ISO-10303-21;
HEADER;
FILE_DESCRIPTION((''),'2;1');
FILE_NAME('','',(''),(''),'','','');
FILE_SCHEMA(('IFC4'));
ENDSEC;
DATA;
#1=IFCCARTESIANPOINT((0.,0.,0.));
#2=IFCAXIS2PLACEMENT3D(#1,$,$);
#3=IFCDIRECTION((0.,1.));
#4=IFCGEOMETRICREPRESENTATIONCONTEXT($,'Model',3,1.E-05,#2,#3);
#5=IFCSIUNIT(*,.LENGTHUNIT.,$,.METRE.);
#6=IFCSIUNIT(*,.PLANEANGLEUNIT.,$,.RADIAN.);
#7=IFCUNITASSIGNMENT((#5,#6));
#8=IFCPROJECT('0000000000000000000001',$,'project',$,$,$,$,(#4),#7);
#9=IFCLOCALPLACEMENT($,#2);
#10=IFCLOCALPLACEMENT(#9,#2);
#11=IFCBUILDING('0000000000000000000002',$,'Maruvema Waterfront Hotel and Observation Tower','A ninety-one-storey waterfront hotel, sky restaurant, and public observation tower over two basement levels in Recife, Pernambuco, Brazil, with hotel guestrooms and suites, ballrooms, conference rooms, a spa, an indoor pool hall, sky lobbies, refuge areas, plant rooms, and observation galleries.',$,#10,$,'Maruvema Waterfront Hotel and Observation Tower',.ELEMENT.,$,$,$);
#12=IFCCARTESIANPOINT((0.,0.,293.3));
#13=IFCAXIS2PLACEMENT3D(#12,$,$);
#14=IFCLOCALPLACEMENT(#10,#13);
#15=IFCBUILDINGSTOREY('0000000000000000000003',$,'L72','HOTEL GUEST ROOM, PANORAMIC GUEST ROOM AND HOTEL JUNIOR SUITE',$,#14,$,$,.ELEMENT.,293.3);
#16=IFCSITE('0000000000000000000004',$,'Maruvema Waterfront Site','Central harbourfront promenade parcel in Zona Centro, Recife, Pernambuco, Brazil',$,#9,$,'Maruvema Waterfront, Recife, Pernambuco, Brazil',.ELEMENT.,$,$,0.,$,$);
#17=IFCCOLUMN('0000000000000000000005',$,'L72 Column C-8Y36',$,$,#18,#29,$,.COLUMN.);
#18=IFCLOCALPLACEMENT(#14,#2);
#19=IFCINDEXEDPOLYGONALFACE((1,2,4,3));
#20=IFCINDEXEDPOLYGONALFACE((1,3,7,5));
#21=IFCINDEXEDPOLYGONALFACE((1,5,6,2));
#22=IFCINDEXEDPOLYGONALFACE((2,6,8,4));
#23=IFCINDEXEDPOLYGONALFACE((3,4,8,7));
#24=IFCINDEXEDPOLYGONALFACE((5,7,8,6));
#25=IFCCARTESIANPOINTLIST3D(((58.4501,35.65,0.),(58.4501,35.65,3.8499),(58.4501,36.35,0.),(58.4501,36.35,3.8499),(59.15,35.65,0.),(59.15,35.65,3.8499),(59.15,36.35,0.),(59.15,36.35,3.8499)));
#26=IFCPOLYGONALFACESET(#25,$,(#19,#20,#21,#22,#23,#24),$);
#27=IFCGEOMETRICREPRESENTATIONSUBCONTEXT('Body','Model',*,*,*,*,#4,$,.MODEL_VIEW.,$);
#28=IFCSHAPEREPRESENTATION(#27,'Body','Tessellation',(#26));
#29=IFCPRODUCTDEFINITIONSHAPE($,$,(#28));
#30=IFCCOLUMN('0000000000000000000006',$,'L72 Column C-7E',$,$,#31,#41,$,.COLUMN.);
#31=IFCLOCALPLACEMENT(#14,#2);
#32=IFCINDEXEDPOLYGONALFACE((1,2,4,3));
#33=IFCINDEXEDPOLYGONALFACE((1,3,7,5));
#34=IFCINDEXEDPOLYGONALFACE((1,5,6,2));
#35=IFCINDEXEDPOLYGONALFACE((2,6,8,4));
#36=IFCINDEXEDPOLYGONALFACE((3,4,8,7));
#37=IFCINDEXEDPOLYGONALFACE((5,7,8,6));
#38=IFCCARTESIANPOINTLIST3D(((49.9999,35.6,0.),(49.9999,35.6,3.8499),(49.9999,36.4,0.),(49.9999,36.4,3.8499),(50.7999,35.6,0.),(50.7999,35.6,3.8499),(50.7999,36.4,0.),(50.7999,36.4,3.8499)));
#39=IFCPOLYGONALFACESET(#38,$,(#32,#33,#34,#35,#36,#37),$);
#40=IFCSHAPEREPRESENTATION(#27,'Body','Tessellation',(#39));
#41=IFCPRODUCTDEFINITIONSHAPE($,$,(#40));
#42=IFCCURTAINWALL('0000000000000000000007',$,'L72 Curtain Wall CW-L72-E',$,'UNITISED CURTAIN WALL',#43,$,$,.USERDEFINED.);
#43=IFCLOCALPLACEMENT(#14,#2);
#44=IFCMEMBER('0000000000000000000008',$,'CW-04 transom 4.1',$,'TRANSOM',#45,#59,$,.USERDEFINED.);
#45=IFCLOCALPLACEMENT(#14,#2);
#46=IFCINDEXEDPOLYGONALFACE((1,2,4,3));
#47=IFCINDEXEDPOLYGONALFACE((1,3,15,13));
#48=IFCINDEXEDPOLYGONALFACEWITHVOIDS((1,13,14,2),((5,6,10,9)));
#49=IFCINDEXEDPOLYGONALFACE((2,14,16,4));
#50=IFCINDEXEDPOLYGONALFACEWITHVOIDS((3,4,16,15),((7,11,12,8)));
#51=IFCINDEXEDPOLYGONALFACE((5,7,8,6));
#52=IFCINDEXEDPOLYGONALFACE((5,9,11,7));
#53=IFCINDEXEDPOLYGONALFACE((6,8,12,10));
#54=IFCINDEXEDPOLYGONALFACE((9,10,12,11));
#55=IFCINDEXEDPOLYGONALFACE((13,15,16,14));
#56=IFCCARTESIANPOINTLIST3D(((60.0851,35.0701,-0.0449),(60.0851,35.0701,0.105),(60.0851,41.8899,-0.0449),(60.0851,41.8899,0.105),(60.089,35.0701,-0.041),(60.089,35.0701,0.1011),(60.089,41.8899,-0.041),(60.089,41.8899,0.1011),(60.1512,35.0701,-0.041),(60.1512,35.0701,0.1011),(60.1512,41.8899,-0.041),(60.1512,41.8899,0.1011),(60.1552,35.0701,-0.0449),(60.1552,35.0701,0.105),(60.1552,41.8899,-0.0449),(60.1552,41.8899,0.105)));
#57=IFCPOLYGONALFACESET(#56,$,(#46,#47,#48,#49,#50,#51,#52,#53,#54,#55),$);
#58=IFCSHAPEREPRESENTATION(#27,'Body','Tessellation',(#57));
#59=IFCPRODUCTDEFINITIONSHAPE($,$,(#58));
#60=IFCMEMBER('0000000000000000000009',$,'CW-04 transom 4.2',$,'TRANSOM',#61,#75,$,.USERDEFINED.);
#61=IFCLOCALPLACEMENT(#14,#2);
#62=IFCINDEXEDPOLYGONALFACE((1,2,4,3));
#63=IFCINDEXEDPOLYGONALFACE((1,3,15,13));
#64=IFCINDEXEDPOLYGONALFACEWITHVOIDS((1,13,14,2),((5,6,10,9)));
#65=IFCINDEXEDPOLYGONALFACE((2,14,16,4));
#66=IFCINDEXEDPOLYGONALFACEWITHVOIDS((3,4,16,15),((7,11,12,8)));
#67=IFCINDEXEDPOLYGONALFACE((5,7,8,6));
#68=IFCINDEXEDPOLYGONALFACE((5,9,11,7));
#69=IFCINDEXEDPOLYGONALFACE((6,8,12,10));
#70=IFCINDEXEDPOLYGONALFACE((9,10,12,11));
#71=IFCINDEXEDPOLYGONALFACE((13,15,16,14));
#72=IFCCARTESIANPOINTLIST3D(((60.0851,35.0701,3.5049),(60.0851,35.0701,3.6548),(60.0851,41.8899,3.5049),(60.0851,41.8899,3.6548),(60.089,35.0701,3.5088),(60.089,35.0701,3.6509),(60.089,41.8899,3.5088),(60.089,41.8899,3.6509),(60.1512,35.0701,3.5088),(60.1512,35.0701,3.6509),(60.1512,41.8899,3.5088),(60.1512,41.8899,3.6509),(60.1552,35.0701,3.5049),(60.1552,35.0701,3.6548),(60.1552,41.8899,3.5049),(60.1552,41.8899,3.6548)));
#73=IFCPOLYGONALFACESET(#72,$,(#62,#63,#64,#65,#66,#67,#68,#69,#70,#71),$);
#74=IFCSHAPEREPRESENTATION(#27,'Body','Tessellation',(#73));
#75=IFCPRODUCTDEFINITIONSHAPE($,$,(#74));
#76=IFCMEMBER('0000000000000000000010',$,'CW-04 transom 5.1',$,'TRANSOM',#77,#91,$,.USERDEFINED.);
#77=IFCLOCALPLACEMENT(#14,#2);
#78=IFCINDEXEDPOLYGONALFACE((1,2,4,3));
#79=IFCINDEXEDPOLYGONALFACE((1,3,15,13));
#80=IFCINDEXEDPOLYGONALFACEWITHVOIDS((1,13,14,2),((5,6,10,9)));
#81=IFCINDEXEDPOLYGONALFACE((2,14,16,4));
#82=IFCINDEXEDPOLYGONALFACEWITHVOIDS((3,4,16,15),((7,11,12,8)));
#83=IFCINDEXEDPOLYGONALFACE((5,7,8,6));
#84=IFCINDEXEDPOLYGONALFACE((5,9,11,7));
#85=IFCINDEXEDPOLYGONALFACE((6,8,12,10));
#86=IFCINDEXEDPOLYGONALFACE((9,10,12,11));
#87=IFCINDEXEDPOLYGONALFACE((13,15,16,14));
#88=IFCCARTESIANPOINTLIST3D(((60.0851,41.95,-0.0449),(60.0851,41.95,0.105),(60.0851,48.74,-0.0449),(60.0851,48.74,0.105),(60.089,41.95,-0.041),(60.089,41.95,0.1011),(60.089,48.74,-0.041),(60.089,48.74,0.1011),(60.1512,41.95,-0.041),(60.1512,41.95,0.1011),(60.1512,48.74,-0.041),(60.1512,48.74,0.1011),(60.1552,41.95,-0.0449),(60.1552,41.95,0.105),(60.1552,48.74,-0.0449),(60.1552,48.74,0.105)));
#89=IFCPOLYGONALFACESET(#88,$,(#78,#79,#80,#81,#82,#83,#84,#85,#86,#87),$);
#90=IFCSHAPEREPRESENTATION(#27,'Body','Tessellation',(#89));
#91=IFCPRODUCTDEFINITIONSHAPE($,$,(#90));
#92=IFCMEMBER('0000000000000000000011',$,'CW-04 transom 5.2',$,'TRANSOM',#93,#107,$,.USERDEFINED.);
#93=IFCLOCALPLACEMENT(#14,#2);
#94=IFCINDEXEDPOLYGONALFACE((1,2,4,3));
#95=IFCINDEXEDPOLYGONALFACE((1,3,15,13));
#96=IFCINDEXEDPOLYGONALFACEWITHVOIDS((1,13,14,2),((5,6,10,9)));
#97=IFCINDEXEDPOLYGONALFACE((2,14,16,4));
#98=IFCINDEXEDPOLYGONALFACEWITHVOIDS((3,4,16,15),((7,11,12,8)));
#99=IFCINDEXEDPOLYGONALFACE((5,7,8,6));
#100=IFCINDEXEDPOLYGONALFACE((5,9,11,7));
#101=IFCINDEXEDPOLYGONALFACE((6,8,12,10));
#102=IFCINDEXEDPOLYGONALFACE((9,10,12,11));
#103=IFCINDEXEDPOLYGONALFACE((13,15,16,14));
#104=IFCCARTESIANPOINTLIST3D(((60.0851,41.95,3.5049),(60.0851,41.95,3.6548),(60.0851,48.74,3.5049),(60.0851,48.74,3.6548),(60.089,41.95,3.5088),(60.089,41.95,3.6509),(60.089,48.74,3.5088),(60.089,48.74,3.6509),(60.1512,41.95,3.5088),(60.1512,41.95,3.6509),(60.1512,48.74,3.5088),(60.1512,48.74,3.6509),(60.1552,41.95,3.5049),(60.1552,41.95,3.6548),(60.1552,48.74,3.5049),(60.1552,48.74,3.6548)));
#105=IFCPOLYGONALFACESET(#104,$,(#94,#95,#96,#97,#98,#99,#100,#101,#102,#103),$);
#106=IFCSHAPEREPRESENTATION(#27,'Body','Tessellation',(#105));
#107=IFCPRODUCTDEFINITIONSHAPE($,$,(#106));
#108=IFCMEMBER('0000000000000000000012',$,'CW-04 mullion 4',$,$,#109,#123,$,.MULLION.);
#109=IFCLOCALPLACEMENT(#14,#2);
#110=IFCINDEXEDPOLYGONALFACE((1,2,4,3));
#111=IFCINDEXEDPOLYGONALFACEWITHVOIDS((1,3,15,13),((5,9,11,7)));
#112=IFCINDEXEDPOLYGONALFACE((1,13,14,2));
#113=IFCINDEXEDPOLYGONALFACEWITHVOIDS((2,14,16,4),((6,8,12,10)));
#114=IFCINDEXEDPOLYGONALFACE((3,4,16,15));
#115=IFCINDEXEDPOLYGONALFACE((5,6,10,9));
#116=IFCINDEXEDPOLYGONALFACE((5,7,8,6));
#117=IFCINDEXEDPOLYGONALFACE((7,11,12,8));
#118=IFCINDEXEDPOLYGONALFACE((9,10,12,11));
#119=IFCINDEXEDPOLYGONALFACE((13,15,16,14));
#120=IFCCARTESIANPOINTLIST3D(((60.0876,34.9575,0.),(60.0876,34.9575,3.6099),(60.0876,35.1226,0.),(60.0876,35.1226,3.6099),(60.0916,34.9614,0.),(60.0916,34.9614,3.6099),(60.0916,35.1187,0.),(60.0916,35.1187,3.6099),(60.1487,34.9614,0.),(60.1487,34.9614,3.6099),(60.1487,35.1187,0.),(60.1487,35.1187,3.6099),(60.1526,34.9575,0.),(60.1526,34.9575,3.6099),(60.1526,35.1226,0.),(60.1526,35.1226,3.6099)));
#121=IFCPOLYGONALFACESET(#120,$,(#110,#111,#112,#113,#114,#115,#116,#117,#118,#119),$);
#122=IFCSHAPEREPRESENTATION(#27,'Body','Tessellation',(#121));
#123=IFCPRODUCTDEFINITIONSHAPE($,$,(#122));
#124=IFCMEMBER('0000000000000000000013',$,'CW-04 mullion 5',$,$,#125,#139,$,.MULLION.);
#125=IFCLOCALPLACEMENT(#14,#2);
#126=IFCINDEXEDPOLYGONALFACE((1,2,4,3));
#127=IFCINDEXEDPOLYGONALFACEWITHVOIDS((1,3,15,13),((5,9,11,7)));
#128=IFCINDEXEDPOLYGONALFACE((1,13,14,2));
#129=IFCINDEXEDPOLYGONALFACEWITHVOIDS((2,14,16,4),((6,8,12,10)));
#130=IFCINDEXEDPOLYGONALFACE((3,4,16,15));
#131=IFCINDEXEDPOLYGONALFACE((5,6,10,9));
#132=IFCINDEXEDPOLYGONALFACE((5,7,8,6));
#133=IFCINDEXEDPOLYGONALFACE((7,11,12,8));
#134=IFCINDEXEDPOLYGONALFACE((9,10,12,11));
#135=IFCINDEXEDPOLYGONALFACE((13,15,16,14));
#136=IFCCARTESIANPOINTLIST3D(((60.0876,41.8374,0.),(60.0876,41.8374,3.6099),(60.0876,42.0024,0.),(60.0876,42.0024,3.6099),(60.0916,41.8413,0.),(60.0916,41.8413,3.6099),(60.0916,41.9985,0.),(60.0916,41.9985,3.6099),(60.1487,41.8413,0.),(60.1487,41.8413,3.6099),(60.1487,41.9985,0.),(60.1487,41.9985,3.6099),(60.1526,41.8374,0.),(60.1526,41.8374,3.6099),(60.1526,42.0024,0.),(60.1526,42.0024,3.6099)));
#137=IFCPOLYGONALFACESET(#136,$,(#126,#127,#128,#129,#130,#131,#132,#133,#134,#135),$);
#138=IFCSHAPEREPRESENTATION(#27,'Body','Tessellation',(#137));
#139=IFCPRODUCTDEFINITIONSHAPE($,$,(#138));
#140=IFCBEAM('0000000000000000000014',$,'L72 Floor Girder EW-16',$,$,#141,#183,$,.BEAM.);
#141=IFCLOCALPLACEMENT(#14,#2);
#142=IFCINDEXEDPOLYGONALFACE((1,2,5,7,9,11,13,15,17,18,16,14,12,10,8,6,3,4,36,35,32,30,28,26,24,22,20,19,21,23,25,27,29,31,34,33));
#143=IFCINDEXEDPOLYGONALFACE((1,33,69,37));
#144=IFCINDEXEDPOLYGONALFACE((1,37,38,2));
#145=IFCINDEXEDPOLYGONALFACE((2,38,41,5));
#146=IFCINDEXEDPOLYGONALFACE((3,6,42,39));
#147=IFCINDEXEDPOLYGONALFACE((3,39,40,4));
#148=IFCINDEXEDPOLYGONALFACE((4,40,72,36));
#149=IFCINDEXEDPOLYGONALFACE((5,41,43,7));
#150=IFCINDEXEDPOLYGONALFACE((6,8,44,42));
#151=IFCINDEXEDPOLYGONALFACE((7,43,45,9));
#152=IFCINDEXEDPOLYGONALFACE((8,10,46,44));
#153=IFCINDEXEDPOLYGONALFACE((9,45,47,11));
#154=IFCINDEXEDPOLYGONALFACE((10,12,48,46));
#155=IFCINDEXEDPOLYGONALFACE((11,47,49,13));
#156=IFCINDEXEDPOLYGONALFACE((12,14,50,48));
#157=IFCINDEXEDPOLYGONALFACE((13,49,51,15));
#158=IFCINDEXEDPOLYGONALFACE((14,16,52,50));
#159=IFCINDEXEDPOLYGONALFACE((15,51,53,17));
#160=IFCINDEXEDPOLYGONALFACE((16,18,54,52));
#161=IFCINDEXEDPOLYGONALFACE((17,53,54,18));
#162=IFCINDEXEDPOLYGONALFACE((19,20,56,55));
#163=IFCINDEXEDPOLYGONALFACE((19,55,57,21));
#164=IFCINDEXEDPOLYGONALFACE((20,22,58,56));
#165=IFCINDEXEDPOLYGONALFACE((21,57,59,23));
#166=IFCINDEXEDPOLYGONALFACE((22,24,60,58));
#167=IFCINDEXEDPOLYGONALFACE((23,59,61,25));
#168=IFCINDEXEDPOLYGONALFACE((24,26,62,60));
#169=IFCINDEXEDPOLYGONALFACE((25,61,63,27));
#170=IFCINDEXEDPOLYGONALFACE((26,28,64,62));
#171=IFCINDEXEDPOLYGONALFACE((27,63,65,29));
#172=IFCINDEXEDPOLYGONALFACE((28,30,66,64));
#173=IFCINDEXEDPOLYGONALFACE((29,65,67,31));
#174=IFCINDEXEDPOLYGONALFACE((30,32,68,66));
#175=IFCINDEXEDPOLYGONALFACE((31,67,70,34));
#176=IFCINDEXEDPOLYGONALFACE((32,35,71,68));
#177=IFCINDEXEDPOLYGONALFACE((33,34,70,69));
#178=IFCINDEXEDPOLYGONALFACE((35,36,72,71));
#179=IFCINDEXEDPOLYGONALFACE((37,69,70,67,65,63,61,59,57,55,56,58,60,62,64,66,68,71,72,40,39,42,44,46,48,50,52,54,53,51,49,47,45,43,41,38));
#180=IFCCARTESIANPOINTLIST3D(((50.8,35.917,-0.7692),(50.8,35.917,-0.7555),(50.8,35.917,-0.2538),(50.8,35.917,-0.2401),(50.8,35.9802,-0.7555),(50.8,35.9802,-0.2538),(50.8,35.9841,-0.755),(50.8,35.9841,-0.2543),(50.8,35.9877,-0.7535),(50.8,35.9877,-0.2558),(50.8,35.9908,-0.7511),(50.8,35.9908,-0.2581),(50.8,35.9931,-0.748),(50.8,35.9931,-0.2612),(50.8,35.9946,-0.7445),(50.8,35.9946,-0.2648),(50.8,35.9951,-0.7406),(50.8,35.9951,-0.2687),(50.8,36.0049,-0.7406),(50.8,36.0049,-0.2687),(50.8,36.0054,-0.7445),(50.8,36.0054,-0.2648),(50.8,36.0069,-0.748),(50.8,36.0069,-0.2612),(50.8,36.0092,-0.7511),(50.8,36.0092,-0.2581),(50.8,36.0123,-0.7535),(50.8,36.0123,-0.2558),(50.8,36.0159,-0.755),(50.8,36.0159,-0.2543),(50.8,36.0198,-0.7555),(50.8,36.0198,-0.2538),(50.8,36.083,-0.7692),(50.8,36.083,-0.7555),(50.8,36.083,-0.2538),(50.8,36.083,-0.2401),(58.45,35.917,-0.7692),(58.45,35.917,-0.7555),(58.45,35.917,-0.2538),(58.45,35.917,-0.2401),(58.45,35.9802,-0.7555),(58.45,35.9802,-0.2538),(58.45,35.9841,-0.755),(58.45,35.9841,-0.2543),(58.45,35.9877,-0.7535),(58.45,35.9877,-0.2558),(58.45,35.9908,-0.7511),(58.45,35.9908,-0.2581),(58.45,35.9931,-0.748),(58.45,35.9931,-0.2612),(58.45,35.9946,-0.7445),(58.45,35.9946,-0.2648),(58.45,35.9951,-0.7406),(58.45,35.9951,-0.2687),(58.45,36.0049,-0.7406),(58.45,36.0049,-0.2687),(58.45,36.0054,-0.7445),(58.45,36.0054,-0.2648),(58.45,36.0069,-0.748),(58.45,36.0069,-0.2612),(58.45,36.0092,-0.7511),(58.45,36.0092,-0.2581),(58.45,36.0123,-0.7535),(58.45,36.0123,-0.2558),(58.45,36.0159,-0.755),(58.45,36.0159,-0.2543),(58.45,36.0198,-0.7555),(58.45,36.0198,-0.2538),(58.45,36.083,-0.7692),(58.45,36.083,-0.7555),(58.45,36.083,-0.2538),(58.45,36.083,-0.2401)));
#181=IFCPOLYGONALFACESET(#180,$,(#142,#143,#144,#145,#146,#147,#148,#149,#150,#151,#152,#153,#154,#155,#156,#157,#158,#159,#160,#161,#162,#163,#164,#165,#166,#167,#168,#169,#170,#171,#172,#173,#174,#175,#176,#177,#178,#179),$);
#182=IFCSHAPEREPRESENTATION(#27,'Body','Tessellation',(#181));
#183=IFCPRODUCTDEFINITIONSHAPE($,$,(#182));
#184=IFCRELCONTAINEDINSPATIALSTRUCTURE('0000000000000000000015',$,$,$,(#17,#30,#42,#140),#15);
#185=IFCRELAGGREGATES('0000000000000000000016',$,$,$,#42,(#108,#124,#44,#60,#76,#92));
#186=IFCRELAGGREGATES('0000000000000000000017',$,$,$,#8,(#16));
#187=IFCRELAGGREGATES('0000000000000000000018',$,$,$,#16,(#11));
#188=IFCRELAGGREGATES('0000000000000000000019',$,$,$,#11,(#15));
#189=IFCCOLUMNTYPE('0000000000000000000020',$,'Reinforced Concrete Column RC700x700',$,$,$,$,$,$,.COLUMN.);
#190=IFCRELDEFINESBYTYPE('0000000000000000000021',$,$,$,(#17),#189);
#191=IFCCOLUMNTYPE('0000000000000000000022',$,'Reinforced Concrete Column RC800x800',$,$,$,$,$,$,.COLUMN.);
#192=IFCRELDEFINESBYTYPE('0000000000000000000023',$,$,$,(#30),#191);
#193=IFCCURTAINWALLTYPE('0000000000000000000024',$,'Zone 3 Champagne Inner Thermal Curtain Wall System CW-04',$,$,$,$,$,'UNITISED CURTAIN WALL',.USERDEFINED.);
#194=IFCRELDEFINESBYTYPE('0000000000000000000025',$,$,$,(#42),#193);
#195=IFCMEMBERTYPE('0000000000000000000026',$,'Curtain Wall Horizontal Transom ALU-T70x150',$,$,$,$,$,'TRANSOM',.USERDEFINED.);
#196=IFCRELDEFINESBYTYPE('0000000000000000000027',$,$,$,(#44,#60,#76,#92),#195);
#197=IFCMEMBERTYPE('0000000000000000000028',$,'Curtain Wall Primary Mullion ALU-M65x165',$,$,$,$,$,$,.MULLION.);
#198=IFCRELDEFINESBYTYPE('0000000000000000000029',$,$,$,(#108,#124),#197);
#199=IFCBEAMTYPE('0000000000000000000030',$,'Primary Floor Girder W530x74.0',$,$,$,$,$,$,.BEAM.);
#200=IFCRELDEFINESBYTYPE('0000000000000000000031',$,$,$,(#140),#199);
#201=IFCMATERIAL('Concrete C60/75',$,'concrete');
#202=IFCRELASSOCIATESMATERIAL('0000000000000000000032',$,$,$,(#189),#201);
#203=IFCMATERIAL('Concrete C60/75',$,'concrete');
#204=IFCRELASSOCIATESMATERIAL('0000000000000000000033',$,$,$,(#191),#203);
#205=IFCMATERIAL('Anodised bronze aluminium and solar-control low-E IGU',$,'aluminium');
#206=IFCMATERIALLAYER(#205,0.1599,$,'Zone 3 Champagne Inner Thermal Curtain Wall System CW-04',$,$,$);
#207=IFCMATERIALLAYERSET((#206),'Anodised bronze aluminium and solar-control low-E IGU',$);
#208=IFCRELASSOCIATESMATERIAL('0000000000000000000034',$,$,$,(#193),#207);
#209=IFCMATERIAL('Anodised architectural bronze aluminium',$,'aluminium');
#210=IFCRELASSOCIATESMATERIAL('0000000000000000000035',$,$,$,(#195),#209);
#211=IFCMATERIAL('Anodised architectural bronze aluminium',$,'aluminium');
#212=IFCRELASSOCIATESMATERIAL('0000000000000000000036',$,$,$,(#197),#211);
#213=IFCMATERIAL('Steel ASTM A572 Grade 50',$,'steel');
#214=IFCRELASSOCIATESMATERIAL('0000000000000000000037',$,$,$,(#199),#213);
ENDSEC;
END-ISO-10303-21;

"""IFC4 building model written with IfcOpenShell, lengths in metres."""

from ifc_helpers import new_model, si_unit, direction, frame, origin, origin_2d, place, context, subcontext, project, spatial, rectangle, hollow_rectangle, i_section, extrude, material, layer, layer_set, material_profile, profile_set, type_object, element, aggregate, save


model = new_model("IFC4")

# Units and contexts
model_context = context("Model", 3, precision=1e-05, world=origin(), true_north=direction((0.0, 1.0)))
body_context = subcontext(model_context, "Body", "Model", "MODEL_VIEW")
ifc_project = project(units=[si_unit("LENGTHUNIT", "METRE"), si_unit("PLANEANGLEUNIT", "RADIAN")], contexts=[model_context])

# Site, building, storey
site_placement = place(None, origin())
site = spatial("IfcSite", under=ifc_project, at=site_placement, Name="Maruvema Waterfront Site", Description="Central harbourfront promenade parcel in Zona Centro, Recife, Pernambuco, Brazil", LongName="Maruvema Waterfront, Recife, Pernambuco, Brazil", CompositionType="ELEMENT", RefElevation=0.0)
building_placement = place(site_placement, origin())
building = spatial("IfcBuilding", under=site, at=building_placement, Name="Maruvema Waterfront Hotel and Observation Tower", Description="A ninety-one-storey waterfront hotel, sky restaurant, and public observation tower over two basement levels in Recife, Pernambuco, Brazil, with hotel guestrooms and suites, ballrooms, conference rooms, a spa, an indoor pool hall, sky lobbies, refuge areas, plant rooms, and observation galleries.", LongName="Maruvema Waterfront Hotel and Observation Tower", CompositionType="ELEMENT")
storey_placement = place(building_placement, frame((0.0, 0.0, 293.3)))
storey = spatial("IfcBuildingStorey", under=building, at=storey_placement, Name="L72", Description="HOTEL GUEST ROOM, PANORAMIC GUEST ROOM AND HOTEL JUNIOR SUITE", CompositionType="ELEMENT", Elevation=293.3)

# Columns
ifc_material_1 = material(Name="Concrete C60/75", Category="concrete")
ifc_material_profile_1 = material_profile(ifc_material_1, rectangle(XDim=0.7, YDim=0.7, at=origin_2d()), Name="RC700x700")
ifc_profile_set_1 = profile_set([ifc_material_profile_1], Name="Concrete C60/75")
column_type_1 = type_object("IfcColumnType", Name="Reinforced Concrete Column RC700x700", PredefinedType="COLUMN", material=ifc_profile_set_1)
column_1_placement = place(storey_placement, frame((58.8, 36.0, 0.0), z_axis=(0.0, 0.0, 1.0), x_axis=(1.0, 0.0, 0.0)))
element("IfcColumn", 1, at=column_1_placement, inside=storey, type_object=column_type_1, Name="L72 Column C-8Y36", PredefinedType="COLUMN", context=body_context, shape_type="SweptSolid", body=[
    extrude(rectangle(XDim=0.7, YDim=0.7, at=origin_2d()), origin(), (0.0, 0.0, 1.0), 3.8499),
])
ifc_material_2 = material(Name="Concrete C60/75", Category="concrete")
ifc_material_profile_2 = material_profile(ifc_material_2, rectangle(XDim=0.8, YDim=0.8, at=origin_2d()), Name="RC800x800")
ifc_profile_set_2 = profile_set([ifc_material_profile_2], Name="Concrete C60/75")
column_type_2 = type_object("IfcColumnType", Name="Reinforced Concrete Column RC800x800", PredefinedType="COLUMN", material=ifc_profile_set_2)
column_2_placement = place(storey_placement, frame((50.3999, 36.0, 0.0), z_axis=(0.0, 0.0, 1.0), x_axis=(1.0, 0.0, 0.0)))
element("IfcColumn", 2, at=column_2_placement, inside=storey, type_object=column_type_2, Name="L72 Column C-7E", PredefinedType="COLUMN", context=body_context, shape_type="SweptSolid", body=[
    extrude(rectangle(XDim=0.8, YDim=0.8, at=origin_2d()), origin(), (0.0, 0.0, 1.0), 3.8499),
])

# Curtain wall, members
ifc_material_3 = material(Name="Anodised bronze aluminium and solar-control low-E IGU", Category="aluminium")
ifc_layer_1 = layer(ifc_material_3, 0.1599, Name="Zone 3 Champagne Inner Thermal Curtain Wall System CW-04")
ifc_layer_set_1 = layer_set([ifc_layer_1], Name="Anodised bronze aluminium and solar-control low-E IGU")
curtain_wall_type = type_object("IfcCurtainWallType", Name="Zone 3 Champagne Inner Thermal Curtain Wall System CW-04", ElementType="UNITISED CURTAIN WALL", PredefinedType="USERDEFINED", material=ifc_layer_set_1)
curtain_wall_placement = place(storey_placement, origin())
curtain_wall = element("IfcCurtainWall", 3, at=curtain_wall_placement, inside=storey, type_object=curtain_wall_type, Name="L72 Curtain Wall CW-L72-E", ObjectType="UNITISED CURTAIN WALL", PredefinedType="USERDEFINED")
ifc_material_4 = material(Name="Anodised architectural bronze aluminium", Category="aluminium")
ifc_material_profile_3 = material_profile(ifc_material_4, hollow_rectangle(XDim=0.0701, YDim=0.1499, WallThickness=0.0039, at=origin_2d()), Name="ALU-T70x150")
ifc_profile_set_3 = profile_set([ifc_material_profile_3], Name="Anodised architectural bronze aluminium")
member_type_1 = type_object("IfcMemberType", Name="Curtain Wall Horizontal Transom ALU-T70x150", ElementType="TRANSOM", PredefinedType="USERDEFINED", material=ifc_profile_set_3)
member_1_placement = place(storey_placement, frame((60.1201, 35.0701, 0.03), z_axis=(0.0, 1.0, 0.0), x_axis=(-1.0, 0.0, 0.0)))
member_1 = element("IfcMember", 4, at=member_1_placement, type_object=member_type_1, Name="CW-04 transom 4.1", ObjectType="TRANSOM", PredefinedType="USERDEFINED", context=body_context, shape_type="SweptSolid", body=[
    extrude(hollow_rectangle(XDim=0.0701, YDim=0.1499, WallThickness=0.0039, at=origin_2d()), origin(), (0.0, 0.0, 1.0), 6.8198),
])
member_2_placement = place(storey_placement, frame((60.1201, 35.0701, 3.5798), z_axis=(0.0, 1.0, 0.0), x_axis=(-1.0, 0.0, 0.0)))
member_2 = element("IfcMember", 5, at=member_2_placement, type_object=member_type_1, Name="CW-04 transom 4.2", ObjectType="TRANSOM", PredefinedType="USERDEFINED", context=body_context, shape_type="SweptSolid", body=[
    extrude(hollow_rectangle(XDim=0.0701, YDim=0.1499, WallThickness=0.0039, at=origin_2d()), origin(), (0.0, 0.0, 1.0), 6.8198),
])
member_3_placement = place(storey_placement, frame((60.1201, 41.95, 0.03), z_axis=(0.0, 1.0, 0.0), x_axis=(-1.0, 0.0, 0.0)))
member_3 = element("IfcMember", 6, at=member_3_placement, type_object=member_type_1, Name="CW-04 transom 5.1", ObjectType="TRANSOM", PredefinedType="USERDEFINED", context=body_context, shape_type="SweptSolid", body=[
    extrude(hollow_rectangle(XDim=0.0701, YDim=0.1499, WallThickness=0.0039, at=origin_2d()), origin(), (0.0, 0.0, 1.0), 6.79),
])
member_4_placement = place(storey_placement, frame((60.1201, 41.95, 3.5798), z_axis=(0.0, 1.0, 0.0), x_axis=(-1.0, 0.0, 0.0)))
member_4 = element("IfcMember", 7, at=member_4_placement, type_object=member_type_1, Name="CW-04 transom 5.2", ObjectType="TRANSOM", PredefinedType="USERDEFINED", context=body_context, shape_type="SweptSolid", body=[
    extrude(hollow_rectangle(XDim=0.0701, YDim=0.1499, WallThickness=0.0039, at=origin_2d()), origin(), (0.0, 0.0, 1.0), 6.79),
])
ifc_material_5 = material(Name="Anodised architectural bronze aluminium", Category="aluminium")
ifc_material_profile_4 = material_profile(ifc_material_5, hollow_rectangle(XDim=0.0649, YDim=0.165, WallThickness=0.0039, at=origin_2d()), Name="ALU-M65x165")
ifc_profile_set_4 = profile_set([ifc_material_profile_4], Name="Anodised architectural bronze aluminium")
member_type_2 = type_object("IfcMemberType", Name="Curtain Wall Primary Mullion ALU-M65x165", PredefinedType="MULLION", material=ifc_profile_set_4)
member_5_placement = place(storey_placement, frame((60.1201, 35.04, 0.0), z_axis=(0.0, 0.0, 1.0), x_axis=(-1.0, 0.0, 0.0)))
member_5 = element("IfcMember", 8, at=member_5_placement, type_object=member_type_2, Name="CW-04 mullion 4", PredefinedType="MULLION", context=body_context, shape_type="SweptSolid", body=[
    extrude(hollow_rectangle(XDim=0.0649, YDim=0.165, WallThickness=0.0039, at=origin_2d()), origin(), (0.0, 0.0, 1.0), 3.6099),
])
member_6_placement = place(storey_placement, frame((60.1201, 41.9199, 0.0), z_axis=(0.0, 0.0, 1.0), x_axis=(-1.0, 0.0, 0.0)))
member_6 = element("IfcMember", 9, at=member_6_placement, type_object=member_type_2, Name="CW-04 mullion 5", PredefinedType="MULLION", context=body_context, shape_type="SweptSolid", body=[
    extrude(hollow_rectangle(XDim=0.0649, YDim=0.165, WallThickness=0.0039, at=origin_2d()), origin(), (0.0, 0.0, 1.0), 3.6099),
])

# Beam
ifc_material_6 = material(Name="Steel ASTM A572 Grade 50", Category="steel")
ifc_material_profile_5 = material_profile(ifc_material_6, i_section(OverallWidth=0.166, OverallDepth=0.5291, WebThickness=0.0098, FlangeThickness=0.0137, FilletRadius=0.0149, at=origin_2d()), Name="W530x74.0")
ifc_profile_set_5 = profile_set([ifc_material_profile_5], Name="Steel ASTM A572 Grade 50")
beam_type_1 = type_object("IfcBeamType", Name="Primary Floor Girder W530x74.0", PredefinedType="BEAM", material=ifc_profile_set_5)
beam_1_placement = place(storey_placement, frame((50.8, 36.0, -0.5046), z_axis=(1.0, 0.0, 0.0), x_axis=(0.0, 1.0, 0.0)))
element("IfcBeam", 10, at=beam_1_placement, inside=storey, type_object=beam_type_1, Name="L72 Floor Girder EW-16", PredefinedType="BEAM", context=body_context, shape_type="SweptSolid", body=[
    extrude(i_section(OverallWidth=0.166, OverallDepth=0.5291, WebThickness=0.0098, FlangeThickness=0.0137, FilletRadius=0.0149, at=origin_2d()), origin(), (0.0, 0.0, 1.0), 7.6499),
])

aggregate(curtain_wall, [member_5, member_6, member_1, member_2, member_3, member_4])

save(model, "model.ifc")
